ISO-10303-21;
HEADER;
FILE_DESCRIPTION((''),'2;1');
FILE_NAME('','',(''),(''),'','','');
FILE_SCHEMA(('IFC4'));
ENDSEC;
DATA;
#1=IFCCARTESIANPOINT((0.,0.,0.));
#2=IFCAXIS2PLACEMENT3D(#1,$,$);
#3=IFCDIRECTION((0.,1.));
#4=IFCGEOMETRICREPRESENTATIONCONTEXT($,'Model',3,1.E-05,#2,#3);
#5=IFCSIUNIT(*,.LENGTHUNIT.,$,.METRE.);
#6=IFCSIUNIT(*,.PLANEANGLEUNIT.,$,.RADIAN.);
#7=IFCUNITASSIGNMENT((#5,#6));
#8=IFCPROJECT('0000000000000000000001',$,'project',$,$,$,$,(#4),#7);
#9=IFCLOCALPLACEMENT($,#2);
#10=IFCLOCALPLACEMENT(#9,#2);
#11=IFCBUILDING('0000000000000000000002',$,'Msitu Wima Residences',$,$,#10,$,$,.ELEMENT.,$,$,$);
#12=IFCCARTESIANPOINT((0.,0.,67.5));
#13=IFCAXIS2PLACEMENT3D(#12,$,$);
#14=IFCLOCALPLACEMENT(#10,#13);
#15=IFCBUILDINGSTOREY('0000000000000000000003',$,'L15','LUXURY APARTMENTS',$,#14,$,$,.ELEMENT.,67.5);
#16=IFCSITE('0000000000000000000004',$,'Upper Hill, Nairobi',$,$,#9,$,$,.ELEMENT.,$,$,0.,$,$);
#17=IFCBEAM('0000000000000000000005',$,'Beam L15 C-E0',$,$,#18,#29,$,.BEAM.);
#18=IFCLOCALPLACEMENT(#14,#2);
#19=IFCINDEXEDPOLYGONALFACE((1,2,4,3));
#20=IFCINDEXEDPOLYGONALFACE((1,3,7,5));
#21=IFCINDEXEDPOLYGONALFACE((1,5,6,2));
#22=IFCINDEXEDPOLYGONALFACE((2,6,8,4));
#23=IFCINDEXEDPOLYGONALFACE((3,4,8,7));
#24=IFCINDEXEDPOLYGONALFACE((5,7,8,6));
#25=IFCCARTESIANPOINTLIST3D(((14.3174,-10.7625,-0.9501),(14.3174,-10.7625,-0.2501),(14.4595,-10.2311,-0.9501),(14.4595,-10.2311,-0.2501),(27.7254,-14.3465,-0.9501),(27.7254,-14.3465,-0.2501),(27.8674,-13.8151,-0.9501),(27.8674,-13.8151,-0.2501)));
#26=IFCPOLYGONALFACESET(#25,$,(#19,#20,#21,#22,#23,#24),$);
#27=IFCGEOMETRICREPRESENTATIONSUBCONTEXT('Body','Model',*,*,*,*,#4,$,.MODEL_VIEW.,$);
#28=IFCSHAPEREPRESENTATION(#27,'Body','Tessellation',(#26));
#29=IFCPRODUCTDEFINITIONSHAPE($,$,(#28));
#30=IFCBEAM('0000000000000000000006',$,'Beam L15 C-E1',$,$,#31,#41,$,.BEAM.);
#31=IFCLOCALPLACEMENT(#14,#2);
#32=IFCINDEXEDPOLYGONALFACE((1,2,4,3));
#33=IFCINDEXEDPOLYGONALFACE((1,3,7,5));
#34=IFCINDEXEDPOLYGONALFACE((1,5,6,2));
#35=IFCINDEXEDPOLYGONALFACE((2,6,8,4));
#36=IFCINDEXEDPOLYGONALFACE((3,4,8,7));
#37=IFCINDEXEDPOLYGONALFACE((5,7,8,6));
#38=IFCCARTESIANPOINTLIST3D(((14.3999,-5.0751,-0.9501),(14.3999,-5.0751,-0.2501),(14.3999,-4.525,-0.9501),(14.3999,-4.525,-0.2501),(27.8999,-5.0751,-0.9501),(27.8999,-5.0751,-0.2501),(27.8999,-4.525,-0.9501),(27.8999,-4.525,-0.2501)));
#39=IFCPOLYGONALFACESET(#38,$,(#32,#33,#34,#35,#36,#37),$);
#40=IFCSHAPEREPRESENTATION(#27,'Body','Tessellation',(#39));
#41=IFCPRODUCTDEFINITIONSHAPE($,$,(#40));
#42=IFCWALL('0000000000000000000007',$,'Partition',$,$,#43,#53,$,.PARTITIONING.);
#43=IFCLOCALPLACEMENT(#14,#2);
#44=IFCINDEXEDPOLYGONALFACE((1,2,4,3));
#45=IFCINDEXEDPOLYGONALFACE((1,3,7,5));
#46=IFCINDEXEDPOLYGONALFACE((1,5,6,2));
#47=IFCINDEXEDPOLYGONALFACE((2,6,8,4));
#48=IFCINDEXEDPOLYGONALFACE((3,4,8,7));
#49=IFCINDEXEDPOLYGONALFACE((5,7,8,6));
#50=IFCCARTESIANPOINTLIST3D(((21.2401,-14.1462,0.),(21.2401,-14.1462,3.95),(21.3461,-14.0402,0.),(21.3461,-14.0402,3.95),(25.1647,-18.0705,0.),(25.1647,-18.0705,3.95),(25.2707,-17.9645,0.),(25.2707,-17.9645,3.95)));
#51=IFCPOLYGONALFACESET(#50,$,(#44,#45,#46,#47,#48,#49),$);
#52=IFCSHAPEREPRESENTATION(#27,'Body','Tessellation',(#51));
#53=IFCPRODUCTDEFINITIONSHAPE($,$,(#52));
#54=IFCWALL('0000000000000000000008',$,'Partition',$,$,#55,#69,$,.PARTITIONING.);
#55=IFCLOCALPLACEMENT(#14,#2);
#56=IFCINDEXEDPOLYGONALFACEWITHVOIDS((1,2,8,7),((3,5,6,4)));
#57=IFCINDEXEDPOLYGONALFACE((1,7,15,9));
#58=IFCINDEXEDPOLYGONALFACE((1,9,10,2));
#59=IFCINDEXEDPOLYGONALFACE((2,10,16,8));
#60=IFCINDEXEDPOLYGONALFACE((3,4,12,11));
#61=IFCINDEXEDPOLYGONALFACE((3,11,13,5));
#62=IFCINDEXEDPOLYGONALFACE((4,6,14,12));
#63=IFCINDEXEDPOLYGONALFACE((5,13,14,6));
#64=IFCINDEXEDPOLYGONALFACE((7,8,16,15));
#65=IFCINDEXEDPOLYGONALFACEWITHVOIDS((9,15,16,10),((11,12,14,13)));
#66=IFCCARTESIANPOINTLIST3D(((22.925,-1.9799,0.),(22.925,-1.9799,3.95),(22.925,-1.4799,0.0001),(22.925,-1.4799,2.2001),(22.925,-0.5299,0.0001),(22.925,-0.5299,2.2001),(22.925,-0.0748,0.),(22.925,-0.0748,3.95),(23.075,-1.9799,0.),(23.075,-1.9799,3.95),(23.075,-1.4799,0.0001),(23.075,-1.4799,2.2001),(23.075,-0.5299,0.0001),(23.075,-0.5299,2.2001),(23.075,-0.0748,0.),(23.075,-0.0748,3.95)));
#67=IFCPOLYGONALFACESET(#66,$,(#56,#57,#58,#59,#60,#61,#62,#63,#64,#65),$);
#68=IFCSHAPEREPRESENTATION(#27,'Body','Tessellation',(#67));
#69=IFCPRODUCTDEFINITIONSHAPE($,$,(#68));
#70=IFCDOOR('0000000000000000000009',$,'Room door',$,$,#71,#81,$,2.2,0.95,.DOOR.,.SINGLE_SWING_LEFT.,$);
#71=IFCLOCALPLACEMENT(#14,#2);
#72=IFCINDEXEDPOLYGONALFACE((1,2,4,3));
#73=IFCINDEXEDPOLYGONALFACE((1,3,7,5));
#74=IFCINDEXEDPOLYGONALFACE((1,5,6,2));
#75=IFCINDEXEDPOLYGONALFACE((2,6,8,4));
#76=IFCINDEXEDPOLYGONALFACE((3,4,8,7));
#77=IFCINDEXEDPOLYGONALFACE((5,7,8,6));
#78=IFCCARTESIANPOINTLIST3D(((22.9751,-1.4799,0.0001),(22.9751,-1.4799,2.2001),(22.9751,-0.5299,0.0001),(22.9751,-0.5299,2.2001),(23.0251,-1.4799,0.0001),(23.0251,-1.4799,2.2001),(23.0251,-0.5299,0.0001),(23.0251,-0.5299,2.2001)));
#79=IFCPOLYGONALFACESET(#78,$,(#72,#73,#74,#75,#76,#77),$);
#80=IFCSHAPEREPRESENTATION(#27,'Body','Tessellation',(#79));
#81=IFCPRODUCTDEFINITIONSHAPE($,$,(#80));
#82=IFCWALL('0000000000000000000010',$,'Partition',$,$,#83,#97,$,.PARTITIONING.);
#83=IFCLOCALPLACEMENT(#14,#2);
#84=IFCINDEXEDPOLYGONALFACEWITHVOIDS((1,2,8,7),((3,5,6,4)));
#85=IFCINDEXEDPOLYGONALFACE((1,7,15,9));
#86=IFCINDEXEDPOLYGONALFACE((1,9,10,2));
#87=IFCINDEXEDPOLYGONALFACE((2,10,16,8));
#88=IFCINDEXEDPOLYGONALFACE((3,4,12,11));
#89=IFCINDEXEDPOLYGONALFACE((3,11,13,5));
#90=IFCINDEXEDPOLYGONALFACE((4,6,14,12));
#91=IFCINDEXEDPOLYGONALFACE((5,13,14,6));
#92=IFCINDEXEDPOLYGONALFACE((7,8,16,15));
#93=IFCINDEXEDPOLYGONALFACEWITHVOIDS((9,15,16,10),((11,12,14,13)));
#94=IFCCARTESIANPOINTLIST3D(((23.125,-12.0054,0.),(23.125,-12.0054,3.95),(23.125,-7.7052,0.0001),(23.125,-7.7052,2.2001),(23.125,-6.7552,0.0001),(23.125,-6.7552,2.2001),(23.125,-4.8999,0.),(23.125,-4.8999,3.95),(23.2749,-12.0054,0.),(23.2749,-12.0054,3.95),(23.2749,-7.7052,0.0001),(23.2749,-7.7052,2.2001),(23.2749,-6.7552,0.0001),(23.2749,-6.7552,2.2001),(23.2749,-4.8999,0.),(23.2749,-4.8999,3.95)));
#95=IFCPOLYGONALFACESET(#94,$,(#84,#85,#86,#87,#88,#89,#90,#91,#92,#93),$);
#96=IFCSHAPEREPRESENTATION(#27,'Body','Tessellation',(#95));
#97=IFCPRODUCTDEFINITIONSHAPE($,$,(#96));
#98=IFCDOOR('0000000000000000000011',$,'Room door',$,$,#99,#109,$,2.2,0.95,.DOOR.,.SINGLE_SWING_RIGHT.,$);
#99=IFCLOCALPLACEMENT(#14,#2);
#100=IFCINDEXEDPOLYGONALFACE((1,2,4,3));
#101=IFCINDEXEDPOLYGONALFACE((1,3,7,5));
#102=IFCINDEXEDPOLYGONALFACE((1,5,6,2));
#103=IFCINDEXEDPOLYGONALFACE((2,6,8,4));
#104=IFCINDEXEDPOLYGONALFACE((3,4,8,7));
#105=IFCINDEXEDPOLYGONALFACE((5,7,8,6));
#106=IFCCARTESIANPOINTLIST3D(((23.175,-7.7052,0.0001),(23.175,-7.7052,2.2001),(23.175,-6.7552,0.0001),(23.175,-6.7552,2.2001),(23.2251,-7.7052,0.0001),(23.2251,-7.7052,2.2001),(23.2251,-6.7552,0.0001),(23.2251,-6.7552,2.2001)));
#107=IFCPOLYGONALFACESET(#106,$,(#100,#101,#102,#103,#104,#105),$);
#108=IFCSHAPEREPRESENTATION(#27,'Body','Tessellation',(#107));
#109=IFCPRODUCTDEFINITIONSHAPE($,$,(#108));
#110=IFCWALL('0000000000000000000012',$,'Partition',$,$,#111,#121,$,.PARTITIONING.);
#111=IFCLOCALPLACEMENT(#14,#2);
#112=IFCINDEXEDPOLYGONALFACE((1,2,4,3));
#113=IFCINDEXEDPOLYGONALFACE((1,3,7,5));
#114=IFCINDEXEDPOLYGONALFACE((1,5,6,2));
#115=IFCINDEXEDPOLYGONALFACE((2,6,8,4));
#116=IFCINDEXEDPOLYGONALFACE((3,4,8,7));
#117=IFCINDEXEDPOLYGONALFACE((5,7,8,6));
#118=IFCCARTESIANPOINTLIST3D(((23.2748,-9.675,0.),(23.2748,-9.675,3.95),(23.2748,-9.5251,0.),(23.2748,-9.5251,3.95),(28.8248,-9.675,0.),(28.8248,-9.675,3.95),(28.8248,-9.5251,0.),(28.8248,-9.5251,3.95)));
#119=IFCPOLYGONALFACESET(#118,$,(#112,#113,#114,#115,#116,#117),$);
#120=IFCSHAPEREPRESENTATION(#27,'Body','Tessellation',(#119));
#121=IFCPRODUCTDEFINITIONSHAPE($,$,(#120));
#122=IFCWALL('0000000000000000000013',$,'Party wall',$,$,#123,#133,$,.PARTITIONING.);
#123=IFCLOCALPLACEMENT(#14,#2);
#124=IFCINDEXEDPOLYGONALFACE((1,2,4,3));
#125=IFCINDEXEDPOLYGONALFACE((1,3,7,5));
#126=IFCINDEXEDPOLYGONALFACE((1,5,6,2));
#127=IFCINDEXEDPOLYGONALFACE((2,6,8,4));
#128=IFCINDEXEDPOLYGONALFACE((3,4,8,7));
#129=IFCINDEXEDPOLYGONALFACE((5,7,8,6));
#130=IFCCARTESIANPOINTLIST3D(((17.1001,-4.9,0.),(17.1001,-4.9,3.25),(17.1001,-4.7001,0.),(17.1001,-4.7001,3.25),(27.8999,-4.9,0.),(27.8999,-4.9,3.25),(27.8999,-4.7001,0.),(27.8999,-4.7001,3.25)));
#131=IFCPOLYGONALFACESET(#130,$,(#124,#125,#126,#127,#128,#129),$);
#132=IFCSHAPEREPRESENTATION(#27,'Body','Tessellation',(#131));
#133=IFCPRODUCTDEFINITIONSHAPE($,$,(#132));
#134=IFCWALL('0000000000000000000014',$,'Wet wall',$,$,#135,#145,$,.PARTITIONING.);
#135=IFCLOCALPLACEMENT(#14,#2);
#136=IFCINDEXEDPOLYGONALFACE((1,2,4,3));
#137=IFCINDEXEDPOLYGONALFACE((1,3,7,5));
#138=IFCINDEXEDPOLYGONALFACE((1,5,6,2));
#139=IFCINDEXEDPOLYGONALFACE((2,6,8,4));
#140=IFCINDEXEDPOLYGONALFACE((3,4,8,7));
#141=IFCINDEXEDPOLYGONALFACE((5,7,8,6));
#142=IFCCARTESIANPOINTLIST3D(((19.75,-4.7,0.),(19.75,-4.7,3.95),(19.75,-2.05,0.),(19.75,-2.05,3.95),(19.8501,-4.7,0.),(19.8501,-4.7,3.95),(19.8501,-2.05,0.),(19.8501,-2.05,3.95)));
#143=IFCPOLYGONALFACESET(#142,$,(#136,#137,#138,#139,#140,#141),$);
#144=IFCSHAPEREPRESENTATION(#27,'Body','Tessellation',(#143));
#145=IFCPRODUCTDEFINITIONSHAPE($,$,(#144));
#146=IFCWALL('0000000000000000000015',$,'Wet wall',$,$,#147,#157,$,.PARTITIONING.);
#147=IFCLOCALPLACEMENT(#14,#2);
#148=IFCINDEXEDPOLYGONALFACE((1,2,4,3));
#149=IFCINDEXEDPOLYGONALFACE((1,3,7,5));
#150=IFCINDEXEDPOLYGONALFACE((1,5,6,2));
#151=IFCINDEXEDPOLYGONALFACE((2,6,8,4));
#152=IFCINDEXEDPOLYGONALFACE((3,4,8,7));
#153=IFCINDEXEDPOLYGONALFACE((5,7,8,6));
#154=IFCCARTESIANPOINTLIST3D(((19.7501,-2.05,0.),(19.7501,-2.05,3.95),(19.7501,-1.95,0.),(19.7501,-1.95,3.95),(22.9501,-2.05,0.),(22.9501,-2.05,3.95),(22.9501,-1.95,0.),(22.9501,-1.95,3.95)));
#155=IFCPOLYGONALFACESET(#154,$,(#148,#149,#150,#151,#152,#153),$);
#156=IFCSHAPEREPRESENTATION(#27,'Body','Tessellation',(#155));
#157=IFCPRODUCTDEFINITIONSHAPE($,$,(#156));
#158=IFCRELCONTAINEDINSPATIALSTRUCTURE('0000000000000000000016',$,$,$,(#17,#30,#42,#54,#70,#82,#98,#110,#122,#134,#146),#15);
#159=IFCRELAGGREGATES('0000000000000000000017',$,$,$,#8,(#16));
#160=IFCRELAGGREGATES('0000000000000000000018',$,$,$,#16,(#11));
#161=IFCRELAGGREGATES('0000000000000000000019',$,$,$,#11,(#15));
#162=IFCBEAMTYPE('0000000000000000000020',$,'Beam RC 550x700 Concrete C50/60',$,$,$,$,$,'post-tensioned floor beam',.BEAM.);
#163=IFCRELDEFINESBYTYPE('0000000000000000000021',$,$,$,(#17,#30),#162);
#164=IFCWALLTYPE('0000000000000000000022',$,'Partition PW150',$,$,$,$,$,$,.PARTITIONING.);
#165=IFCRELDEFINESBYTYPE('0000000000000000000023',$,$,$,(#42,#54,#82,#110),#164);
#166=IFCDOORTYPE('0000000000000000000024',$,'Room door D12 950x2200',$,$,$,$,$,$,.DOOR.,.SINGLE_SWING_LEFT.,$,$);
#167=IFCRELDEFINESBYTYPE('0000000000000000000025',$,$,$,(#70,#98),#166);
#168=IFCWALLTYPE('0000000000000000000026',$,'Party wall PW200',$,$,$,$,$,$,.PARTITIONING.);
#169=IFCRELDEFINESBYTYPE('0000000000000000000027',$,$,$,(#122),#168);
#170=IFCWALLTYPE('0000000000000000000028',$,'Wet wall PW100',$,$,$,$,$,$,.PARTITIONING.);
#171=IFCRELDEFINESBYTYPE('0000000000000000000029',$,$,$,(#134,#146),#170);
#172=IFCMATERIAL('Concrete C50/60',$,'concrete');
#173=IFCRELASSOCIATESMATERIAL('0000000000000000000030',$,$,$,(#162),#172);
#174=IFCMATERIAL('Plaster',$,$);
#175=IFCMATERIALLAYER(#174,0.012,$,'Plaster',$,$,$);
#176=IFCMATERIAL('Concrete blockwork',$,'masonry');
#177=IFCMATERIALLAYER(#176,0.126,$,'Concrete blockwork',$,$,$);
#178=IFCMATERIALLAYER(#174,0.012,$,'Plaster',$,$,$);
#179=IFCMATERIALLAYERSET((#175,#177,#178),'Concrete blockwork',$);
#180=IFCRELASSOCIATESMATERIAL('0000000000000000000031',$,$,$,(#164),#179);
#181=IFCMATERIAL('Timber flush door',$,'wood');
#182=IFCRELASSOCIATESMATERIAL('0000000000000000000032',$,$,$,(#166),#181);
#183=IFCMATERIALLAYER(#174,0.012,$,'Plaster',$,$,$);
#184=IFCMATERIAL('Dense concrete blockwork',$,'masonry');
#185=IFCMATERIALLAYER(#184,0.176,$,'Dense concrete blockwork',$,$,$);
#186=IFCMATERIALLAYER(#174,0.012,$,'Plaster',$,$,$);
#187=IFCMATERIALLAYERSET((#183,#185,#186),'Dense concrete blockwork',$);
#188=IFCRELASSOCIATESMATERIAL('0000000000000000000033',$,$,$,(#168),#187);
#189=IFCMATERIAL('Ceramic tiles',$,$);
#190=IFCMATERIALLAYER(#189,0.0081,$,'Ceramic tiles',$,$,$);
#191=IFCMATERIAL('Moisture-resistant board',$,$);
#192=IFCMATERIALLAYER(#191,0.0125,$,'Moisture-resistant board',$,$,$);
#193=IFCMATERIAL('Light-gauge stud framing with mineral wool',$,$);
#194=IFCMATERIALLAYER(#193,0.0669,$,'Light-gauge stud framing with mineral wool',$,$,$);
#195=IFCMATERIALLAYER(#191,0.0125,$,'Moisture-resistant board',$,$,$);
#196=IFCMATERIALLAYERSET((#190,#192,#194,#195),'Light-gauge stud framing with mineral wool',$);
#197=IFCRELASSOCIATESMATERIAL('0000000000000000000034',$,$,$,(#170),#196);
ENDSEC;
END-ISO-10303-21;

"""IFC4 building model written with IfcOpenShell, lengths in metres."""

from ifc_helpers import new_model, si_unit, direction, frame, frame_2d, origin, origin_2d, place, context, subcontext, project, spatial, rectangle, extrude, material, layer, layer_set, material_profile, profile_set, type_object, element, fill, save


model = new_model("IFC4")

# Units and contexts
model_context = context("Model", 3, precision=1e-05, world=origin(), true_north=direction((0.0, 1.0)))
body_context = subcontext(model_context, "Body", "Model", "MODEL_VIEW")
ifc_project = project(units=[si_unit("LENGTHUNIT", "METRE"), si_unit("PLANEANGLEUNIT", "RADIAN")], contexts=[model_context])

# Site, building, storey
site_placement = place(None, origin())
site = spatial("IfcSite", under=ifc_project, at=site_placement, Name="Upper Hill, Nairobi", CompositionType="ELEMENT", RefElevation=0.0)
building_placement = place(site_placement, origin())
building = spatial("IfcBuilding", under=site, at=building_placement, Name="Msitu Wima Residences", CompositionType="ELEMENT")
storey_placement = place(building_placement, frame((0.0, 0.0, 67.5)))
storey = spatial("IfcBuildingStorey", under=building, at=storey_placement, Name="L15", Description="LUXURY APARTMENTS", CompositionType="ELEMENT", Elevation=67.5)

# Beams
ifc_material_1 = material(Name="Concrete C50/60", Category="concrete")
ifc_material_profile = material_profile(ifc_material_1, rectangle(XDim=0.55, YDim=0.7, at=origin_2d()), Name="RC 550x700")
ifc_profile_set = profile_set([ifc_material_profile], Name="Concrete C50/60")
beam_type = type_object("IfcBeamType", Name="Beam RC 550x700 Concrete C50/60", ElementType="post-tensioned floor beam", PredefinedType="BEAM", material=ifc_profile_set)
beam_1_placement = place(storey_placement, frame((27.7964, -14.0808, -0.6001), z_axis=(-0.966082, 0.258236, 0.0), x_axis=(-0.258236, -0.966082, 0.0)))
element("IfcBeam", 1, at=beam_1_placement, inside=storey, type_object=beam_type, Name="Beam L15 C-E0", PredefinedType="BEAM", context=body_context, shape_type="SweptSolid", body=[
    extrude(rectangle(XDim=0.55, YDim=0.7, at=origin_2d()), origin(), (0.0, 0.0, 1.0), 13.8787),
])
beam_2_placement = place(storey_placement, frame((27.8999, -4.8, -0.6001), z_axis=(-1.0, 0.0, 0.0), x_axis=(0.0, -1.0, 0.0)))
element("IfcBeam", 2, at=beam_2_placement, inside=storey, type_object=beam_type, Name="Beam L15 C-E1", PredefinedType="BEAM", context=body_context, shape_type="SweptSolid", body=[
    extrude(rectangle(XDim=0.55, YDim=0.7, at=origin_2d()), origin(), (0.0, 0.0, 1.0), 13.5),
])

# Wall
ifc_material_2 = material(Name="Plaster")
ifc_layer_1 = layer(ifc_material_2, 0.012, Name="Plaster")
ifc_material_3 = material(Name="Concrete blockwork", Category="masonry")
ifc_layer_2 = layer(ifc_material_3, 0.126, Name="Concrete blockwork")
ifc_layer_3 = layer(ifc_material_2, 0.012, Name="Plaster")
ifc_layer_set_1 = layer_set([ifc_layer_1, ifc_layer_2, ifc_layer_3], Name="Concrete blockwork")
wall_type_1 = type_object("IfcWallType", Name="Partition PW150", PredefinedType="PARTITIONING", material=ifc_layer_set_1)
wall_1_placement = place(storey_placement, frame((21.2932, -14.0933, 0.0), z_axis=(0.0, 0.0, 1.0), x_axis=(0.707129, -0.707085, 0.0)))
element("IfcWall", 3, at=wall_1_placement, inside=storey, type_object=wall_type_1, Name="Partition", PredefinedType="PARTITIONING", context=body_context, shape_type="SweptSolid", body=[
    extrude(rectangle(XDim=5.55, YDim=0.1499, at=frame_2d((2.7749, 0.0))), origin(), (0.0, 0.0, 1.0), 3.95),
])

# Walls, openings, doors
wall_2_placement = place(storey_placement, frame((23.0, -1.98, 0.0), z_axis=(0.0, 0.0, 1.0), x_axis=(0.0, 1.0, 0.0)))
wall_2 = element("IfcWall", 4, at=wall_2_placement, inside=storey, type_object=wall_type_1, Name="Partition", PredefinedType="PARTITIONING", context=body_context, shape_type="SweptSolid", body=[
    extrude(rectangle(XDim=1.905, YDim=0.1499, at=frame_2d((0.9526, 0.0))), origin(), (0.0, 0.0, 1.0), 3.95),
])
opening_1_placement = place(wall_2_placement, frame((0.5, 0.0, 0.0)))
opening_1 = element("IfcOpeningElement", 5, at=opening_1_placement, cuts=wall_2, PredefinedType="OPENING", context=body_context, shape_type="SweptSolid", body=[
    extrude(rectangle(XDim=0.95, YDim=2.2, at=frame_2d((0.4751, 1.1001))), frame((0.0, 0.085, 0.0), z_axis=(0.0, -1.0, 0.0), x_axis=(1.0, 0.0, 0.0)), (0.0, 0.0, 1.0), 0.1699),
])
ifc_material_4 = material(Name="Timber flush door", Category="wood")
door_type_1 = type_object("IfcDoorType", Name="Room door D12 950x2200", OperationType="SINGLE_SWING_LEFT", PredefinedType="DOOR", material=ifc_material_4)
door_1_placement = place(opening_1_placement, origin())
door_1 = element("IfcDoor", 6, at=door_1_placement, inside=storey, type_object=door_type_1, Name="Room door", OperationType="SINGLE_SWING_LEFT", OverallHeight=2.2, OverallWidth=0.95, PredefinedType="DOOR", context=body_context, shape_type="SweptSolid", body=[
    extrude(rectangle(XDim=0.95, YDim=2.2, at=frame_2d((0.4751, 1.1001))), frame((0.0, 0.0249, 0.0), z_axis=(0.0, -1.0, 0.0), x_axis=(1.0, 0.0, 0.0)), (0.0, 0.0, 1.0), 0.05),
])
fill(opening_1, door_1)
wall_3_placement = place(storey_placement, frame((23.2, -12.0054, 0.0), z_axis=(0.0, 0.0, 1.0), x_axis=(0.0, 1.0, 0.0)))
wall_3 = element("IfcWall", 7, at=wall_3_placement, inside=storey, type_object=wall_type_1, Name="Partition", PredefinedType="PARTITIONING", context=body_context, shape_type="SweptSolid", body=[
    extrude(rectangle(XDim=7.1055, YDim=0.1499, at=frame_2d((3.5527, 0.0))), origin(), (0.0, 0.0, 1.0), 3.95),
])
opening_2_placement = place(wall_3_placement, frame((4.3, 0.0, 0.0)))
opening_2 = element("IfcOpeningElement", 8, at=opening_2_placement, cuts=wall_3, PredefinedType="OPENING", context=body_context, shape_type="SweptSolid", body=[
    extrude(rectangle(XDim=0.95, YDim=2.2, at=frame_2d((0.4751, 1.1001))), frame((0.0, 0.085, 0.0), z_axis=(0.0, -1.0, 0.0), x_axis=(1.0, 0.0, 0.0)), (0.0, 0.0, 1.0), 0.1699),
])
door_2_placement = place(opening_2_placement, origin())
door_2 = element("IfcDoor", 9, at=door_2_placement, inside=storey, type_object=door_type_1, Name="Room door", OperationType="SINGLE_SWING_RIGHT", OverallHeight=2.2, OverallWidth=0.95, PredefinedType="DOOR", context=body_context, shape_type="SweptSolid", body=[
    extrude(rectangle(XDim=0.95, YDim=2.2, at=frame_2d((0.4751, 1.1001))), frame((0.0, 0.0249, 0.0), z_axis=(0.0, -1.0, 0.0), x_axis=(1.0, 0.0, 0.0)), (0.0, 0.0, 1.0), 0.05),
])
fill(opening_2, door_2)

# Walls
wall_4_placement = place(storey_placement, frame((23.2749, -9.6001, 0.0), z_axis=(0.0, 0.0, 1.0), x_axis=(1.0, 0.0, 0.0)))
element("IfcWall", 10, at=wall_4_placement, inside=storey, type_object=wall_type_1, Name="Partition", PredefinedType="PARTITIONING", context=body_context, shape_type="SweptSolid", body=[
    extrude(rectangle(XDim=5.55, YDim=0.1499, at=frame_2d((2.7749, 0.0))), origin(), (0.0, 0.0, 1.0), 3.95),
])
ifc_layer_4 = layer(ifc_material_2, 0.012, Name="Plaster")
ifc_material_5 = material(Name="Dense concrete blockwork", Category="masonry")
ifc_layer_5 = layer(ifc_material_5, 0.176, Name="Dense concrete blockwork")
ifc_layer_6 = layer(ifc_material_2, 0.012, Name="Plaster")
ifc_layer_set_2 = layer_set([ifc_layer_4, ifc_layer_5, ifc_layer_6], Name="Dense concrete blockwork")
wall_type_2 = type_object("IfcWallType", Name="Party wall PW200", PredefinedType="PARTITIONING", material=ifc_layer_set_2)
wall_5_placement = place(storey_placement, frame((17.1001, -4.8, 0.0), z_axis=(0.0, 0.0, 1.0), x_axis=(1.0, 0.0, 0.0)))
element("IfcWall", 11, at=wall_5_placement, inside=storey, type_object=wall_type_2, Name="Party wall", PredefinedType="PARTITIONING", context=body_context, shape_type="SweptSolid", body=[
    extrude(rectangle(XDim=10.7998, YDim=0.2, at=frame_2d((5.3999, 0.0))), origin(), (0.0, 0.0, 1.0), 3.25),
])
ifc_material_6 = material(Name="Ceramic tiles")
ifc_layer_7 = layer(ifc_material_6, 0.0081, Name="Ceramic tiles")
ifc_material_7 = material(Name="Moisture-resistant board")
ifc_layer_8 = layer(ifc_material_7, 0.0125, Name="Moisture-resistant board")
ifc_material_8 = material(Name="Light-gauge stud framing with mineral wool")
ifc_layer_9 = layer(ifc_material_8, 0.0669, Name="Light-gauge stud framing with mineral wool")
ifc_layer_10 = layer(ifc_material_7, 0.0125, Name="Moisture-resistant board")
ifc_layer_set_3 = layer_set([ifc_layer_7, ifc_layer_8, ifc_layer_9, ifc_layer_10], Name="Light-gauge stud framing with mineral wool")
wall_type_3 = type_object("IfcWallType", Name="Wet wall PW100", PredefinedType="PARTITIONING", material=ifc_layer_set_3)
wall_6_placement = place(storey_placement, frame((19.8, -4.7, 0.0), z_axis=(0.0, 0.0, 1.0), x_axis=(0.0, 1.0, 0.0)))
element("IfcWall", 12, at=wall_6_placement, inside=storey, type_object=wall_type_3, Name="Wet wall", PredefinedType="PARTITIONING", context=body_context, shape_type="SweptSolid", body=[
    extrude(rectangle(XDim=2.6499, YDim=0.1001, at=frame_2d((1.325, 0.0))), origin(), (0.0, 0.0, 1.0), 3.95),
])
wall_7_placement = place(storey_placement, frame((19.75, -2.0, 0.0), z_axis=(0.0, 0.0, 1.0), x_axis=(1.0, 0.0, 0.0)))
element("IfcWall", 13, at=wall_7_placement, inside=storey, type_object=wall_type_3, Name="Wet wall", PredefinedType="PARTITIONING", context=body_context, shape_type="SweptSolid", body=[
    extrude(rectangle(XDim=3.2, YDim=0.1001, at=frame_2d((1.6001, 0.0))), origin(), (0.0, 0.0, 1.0), 3.95),
])

save(model, "model.ifc")
